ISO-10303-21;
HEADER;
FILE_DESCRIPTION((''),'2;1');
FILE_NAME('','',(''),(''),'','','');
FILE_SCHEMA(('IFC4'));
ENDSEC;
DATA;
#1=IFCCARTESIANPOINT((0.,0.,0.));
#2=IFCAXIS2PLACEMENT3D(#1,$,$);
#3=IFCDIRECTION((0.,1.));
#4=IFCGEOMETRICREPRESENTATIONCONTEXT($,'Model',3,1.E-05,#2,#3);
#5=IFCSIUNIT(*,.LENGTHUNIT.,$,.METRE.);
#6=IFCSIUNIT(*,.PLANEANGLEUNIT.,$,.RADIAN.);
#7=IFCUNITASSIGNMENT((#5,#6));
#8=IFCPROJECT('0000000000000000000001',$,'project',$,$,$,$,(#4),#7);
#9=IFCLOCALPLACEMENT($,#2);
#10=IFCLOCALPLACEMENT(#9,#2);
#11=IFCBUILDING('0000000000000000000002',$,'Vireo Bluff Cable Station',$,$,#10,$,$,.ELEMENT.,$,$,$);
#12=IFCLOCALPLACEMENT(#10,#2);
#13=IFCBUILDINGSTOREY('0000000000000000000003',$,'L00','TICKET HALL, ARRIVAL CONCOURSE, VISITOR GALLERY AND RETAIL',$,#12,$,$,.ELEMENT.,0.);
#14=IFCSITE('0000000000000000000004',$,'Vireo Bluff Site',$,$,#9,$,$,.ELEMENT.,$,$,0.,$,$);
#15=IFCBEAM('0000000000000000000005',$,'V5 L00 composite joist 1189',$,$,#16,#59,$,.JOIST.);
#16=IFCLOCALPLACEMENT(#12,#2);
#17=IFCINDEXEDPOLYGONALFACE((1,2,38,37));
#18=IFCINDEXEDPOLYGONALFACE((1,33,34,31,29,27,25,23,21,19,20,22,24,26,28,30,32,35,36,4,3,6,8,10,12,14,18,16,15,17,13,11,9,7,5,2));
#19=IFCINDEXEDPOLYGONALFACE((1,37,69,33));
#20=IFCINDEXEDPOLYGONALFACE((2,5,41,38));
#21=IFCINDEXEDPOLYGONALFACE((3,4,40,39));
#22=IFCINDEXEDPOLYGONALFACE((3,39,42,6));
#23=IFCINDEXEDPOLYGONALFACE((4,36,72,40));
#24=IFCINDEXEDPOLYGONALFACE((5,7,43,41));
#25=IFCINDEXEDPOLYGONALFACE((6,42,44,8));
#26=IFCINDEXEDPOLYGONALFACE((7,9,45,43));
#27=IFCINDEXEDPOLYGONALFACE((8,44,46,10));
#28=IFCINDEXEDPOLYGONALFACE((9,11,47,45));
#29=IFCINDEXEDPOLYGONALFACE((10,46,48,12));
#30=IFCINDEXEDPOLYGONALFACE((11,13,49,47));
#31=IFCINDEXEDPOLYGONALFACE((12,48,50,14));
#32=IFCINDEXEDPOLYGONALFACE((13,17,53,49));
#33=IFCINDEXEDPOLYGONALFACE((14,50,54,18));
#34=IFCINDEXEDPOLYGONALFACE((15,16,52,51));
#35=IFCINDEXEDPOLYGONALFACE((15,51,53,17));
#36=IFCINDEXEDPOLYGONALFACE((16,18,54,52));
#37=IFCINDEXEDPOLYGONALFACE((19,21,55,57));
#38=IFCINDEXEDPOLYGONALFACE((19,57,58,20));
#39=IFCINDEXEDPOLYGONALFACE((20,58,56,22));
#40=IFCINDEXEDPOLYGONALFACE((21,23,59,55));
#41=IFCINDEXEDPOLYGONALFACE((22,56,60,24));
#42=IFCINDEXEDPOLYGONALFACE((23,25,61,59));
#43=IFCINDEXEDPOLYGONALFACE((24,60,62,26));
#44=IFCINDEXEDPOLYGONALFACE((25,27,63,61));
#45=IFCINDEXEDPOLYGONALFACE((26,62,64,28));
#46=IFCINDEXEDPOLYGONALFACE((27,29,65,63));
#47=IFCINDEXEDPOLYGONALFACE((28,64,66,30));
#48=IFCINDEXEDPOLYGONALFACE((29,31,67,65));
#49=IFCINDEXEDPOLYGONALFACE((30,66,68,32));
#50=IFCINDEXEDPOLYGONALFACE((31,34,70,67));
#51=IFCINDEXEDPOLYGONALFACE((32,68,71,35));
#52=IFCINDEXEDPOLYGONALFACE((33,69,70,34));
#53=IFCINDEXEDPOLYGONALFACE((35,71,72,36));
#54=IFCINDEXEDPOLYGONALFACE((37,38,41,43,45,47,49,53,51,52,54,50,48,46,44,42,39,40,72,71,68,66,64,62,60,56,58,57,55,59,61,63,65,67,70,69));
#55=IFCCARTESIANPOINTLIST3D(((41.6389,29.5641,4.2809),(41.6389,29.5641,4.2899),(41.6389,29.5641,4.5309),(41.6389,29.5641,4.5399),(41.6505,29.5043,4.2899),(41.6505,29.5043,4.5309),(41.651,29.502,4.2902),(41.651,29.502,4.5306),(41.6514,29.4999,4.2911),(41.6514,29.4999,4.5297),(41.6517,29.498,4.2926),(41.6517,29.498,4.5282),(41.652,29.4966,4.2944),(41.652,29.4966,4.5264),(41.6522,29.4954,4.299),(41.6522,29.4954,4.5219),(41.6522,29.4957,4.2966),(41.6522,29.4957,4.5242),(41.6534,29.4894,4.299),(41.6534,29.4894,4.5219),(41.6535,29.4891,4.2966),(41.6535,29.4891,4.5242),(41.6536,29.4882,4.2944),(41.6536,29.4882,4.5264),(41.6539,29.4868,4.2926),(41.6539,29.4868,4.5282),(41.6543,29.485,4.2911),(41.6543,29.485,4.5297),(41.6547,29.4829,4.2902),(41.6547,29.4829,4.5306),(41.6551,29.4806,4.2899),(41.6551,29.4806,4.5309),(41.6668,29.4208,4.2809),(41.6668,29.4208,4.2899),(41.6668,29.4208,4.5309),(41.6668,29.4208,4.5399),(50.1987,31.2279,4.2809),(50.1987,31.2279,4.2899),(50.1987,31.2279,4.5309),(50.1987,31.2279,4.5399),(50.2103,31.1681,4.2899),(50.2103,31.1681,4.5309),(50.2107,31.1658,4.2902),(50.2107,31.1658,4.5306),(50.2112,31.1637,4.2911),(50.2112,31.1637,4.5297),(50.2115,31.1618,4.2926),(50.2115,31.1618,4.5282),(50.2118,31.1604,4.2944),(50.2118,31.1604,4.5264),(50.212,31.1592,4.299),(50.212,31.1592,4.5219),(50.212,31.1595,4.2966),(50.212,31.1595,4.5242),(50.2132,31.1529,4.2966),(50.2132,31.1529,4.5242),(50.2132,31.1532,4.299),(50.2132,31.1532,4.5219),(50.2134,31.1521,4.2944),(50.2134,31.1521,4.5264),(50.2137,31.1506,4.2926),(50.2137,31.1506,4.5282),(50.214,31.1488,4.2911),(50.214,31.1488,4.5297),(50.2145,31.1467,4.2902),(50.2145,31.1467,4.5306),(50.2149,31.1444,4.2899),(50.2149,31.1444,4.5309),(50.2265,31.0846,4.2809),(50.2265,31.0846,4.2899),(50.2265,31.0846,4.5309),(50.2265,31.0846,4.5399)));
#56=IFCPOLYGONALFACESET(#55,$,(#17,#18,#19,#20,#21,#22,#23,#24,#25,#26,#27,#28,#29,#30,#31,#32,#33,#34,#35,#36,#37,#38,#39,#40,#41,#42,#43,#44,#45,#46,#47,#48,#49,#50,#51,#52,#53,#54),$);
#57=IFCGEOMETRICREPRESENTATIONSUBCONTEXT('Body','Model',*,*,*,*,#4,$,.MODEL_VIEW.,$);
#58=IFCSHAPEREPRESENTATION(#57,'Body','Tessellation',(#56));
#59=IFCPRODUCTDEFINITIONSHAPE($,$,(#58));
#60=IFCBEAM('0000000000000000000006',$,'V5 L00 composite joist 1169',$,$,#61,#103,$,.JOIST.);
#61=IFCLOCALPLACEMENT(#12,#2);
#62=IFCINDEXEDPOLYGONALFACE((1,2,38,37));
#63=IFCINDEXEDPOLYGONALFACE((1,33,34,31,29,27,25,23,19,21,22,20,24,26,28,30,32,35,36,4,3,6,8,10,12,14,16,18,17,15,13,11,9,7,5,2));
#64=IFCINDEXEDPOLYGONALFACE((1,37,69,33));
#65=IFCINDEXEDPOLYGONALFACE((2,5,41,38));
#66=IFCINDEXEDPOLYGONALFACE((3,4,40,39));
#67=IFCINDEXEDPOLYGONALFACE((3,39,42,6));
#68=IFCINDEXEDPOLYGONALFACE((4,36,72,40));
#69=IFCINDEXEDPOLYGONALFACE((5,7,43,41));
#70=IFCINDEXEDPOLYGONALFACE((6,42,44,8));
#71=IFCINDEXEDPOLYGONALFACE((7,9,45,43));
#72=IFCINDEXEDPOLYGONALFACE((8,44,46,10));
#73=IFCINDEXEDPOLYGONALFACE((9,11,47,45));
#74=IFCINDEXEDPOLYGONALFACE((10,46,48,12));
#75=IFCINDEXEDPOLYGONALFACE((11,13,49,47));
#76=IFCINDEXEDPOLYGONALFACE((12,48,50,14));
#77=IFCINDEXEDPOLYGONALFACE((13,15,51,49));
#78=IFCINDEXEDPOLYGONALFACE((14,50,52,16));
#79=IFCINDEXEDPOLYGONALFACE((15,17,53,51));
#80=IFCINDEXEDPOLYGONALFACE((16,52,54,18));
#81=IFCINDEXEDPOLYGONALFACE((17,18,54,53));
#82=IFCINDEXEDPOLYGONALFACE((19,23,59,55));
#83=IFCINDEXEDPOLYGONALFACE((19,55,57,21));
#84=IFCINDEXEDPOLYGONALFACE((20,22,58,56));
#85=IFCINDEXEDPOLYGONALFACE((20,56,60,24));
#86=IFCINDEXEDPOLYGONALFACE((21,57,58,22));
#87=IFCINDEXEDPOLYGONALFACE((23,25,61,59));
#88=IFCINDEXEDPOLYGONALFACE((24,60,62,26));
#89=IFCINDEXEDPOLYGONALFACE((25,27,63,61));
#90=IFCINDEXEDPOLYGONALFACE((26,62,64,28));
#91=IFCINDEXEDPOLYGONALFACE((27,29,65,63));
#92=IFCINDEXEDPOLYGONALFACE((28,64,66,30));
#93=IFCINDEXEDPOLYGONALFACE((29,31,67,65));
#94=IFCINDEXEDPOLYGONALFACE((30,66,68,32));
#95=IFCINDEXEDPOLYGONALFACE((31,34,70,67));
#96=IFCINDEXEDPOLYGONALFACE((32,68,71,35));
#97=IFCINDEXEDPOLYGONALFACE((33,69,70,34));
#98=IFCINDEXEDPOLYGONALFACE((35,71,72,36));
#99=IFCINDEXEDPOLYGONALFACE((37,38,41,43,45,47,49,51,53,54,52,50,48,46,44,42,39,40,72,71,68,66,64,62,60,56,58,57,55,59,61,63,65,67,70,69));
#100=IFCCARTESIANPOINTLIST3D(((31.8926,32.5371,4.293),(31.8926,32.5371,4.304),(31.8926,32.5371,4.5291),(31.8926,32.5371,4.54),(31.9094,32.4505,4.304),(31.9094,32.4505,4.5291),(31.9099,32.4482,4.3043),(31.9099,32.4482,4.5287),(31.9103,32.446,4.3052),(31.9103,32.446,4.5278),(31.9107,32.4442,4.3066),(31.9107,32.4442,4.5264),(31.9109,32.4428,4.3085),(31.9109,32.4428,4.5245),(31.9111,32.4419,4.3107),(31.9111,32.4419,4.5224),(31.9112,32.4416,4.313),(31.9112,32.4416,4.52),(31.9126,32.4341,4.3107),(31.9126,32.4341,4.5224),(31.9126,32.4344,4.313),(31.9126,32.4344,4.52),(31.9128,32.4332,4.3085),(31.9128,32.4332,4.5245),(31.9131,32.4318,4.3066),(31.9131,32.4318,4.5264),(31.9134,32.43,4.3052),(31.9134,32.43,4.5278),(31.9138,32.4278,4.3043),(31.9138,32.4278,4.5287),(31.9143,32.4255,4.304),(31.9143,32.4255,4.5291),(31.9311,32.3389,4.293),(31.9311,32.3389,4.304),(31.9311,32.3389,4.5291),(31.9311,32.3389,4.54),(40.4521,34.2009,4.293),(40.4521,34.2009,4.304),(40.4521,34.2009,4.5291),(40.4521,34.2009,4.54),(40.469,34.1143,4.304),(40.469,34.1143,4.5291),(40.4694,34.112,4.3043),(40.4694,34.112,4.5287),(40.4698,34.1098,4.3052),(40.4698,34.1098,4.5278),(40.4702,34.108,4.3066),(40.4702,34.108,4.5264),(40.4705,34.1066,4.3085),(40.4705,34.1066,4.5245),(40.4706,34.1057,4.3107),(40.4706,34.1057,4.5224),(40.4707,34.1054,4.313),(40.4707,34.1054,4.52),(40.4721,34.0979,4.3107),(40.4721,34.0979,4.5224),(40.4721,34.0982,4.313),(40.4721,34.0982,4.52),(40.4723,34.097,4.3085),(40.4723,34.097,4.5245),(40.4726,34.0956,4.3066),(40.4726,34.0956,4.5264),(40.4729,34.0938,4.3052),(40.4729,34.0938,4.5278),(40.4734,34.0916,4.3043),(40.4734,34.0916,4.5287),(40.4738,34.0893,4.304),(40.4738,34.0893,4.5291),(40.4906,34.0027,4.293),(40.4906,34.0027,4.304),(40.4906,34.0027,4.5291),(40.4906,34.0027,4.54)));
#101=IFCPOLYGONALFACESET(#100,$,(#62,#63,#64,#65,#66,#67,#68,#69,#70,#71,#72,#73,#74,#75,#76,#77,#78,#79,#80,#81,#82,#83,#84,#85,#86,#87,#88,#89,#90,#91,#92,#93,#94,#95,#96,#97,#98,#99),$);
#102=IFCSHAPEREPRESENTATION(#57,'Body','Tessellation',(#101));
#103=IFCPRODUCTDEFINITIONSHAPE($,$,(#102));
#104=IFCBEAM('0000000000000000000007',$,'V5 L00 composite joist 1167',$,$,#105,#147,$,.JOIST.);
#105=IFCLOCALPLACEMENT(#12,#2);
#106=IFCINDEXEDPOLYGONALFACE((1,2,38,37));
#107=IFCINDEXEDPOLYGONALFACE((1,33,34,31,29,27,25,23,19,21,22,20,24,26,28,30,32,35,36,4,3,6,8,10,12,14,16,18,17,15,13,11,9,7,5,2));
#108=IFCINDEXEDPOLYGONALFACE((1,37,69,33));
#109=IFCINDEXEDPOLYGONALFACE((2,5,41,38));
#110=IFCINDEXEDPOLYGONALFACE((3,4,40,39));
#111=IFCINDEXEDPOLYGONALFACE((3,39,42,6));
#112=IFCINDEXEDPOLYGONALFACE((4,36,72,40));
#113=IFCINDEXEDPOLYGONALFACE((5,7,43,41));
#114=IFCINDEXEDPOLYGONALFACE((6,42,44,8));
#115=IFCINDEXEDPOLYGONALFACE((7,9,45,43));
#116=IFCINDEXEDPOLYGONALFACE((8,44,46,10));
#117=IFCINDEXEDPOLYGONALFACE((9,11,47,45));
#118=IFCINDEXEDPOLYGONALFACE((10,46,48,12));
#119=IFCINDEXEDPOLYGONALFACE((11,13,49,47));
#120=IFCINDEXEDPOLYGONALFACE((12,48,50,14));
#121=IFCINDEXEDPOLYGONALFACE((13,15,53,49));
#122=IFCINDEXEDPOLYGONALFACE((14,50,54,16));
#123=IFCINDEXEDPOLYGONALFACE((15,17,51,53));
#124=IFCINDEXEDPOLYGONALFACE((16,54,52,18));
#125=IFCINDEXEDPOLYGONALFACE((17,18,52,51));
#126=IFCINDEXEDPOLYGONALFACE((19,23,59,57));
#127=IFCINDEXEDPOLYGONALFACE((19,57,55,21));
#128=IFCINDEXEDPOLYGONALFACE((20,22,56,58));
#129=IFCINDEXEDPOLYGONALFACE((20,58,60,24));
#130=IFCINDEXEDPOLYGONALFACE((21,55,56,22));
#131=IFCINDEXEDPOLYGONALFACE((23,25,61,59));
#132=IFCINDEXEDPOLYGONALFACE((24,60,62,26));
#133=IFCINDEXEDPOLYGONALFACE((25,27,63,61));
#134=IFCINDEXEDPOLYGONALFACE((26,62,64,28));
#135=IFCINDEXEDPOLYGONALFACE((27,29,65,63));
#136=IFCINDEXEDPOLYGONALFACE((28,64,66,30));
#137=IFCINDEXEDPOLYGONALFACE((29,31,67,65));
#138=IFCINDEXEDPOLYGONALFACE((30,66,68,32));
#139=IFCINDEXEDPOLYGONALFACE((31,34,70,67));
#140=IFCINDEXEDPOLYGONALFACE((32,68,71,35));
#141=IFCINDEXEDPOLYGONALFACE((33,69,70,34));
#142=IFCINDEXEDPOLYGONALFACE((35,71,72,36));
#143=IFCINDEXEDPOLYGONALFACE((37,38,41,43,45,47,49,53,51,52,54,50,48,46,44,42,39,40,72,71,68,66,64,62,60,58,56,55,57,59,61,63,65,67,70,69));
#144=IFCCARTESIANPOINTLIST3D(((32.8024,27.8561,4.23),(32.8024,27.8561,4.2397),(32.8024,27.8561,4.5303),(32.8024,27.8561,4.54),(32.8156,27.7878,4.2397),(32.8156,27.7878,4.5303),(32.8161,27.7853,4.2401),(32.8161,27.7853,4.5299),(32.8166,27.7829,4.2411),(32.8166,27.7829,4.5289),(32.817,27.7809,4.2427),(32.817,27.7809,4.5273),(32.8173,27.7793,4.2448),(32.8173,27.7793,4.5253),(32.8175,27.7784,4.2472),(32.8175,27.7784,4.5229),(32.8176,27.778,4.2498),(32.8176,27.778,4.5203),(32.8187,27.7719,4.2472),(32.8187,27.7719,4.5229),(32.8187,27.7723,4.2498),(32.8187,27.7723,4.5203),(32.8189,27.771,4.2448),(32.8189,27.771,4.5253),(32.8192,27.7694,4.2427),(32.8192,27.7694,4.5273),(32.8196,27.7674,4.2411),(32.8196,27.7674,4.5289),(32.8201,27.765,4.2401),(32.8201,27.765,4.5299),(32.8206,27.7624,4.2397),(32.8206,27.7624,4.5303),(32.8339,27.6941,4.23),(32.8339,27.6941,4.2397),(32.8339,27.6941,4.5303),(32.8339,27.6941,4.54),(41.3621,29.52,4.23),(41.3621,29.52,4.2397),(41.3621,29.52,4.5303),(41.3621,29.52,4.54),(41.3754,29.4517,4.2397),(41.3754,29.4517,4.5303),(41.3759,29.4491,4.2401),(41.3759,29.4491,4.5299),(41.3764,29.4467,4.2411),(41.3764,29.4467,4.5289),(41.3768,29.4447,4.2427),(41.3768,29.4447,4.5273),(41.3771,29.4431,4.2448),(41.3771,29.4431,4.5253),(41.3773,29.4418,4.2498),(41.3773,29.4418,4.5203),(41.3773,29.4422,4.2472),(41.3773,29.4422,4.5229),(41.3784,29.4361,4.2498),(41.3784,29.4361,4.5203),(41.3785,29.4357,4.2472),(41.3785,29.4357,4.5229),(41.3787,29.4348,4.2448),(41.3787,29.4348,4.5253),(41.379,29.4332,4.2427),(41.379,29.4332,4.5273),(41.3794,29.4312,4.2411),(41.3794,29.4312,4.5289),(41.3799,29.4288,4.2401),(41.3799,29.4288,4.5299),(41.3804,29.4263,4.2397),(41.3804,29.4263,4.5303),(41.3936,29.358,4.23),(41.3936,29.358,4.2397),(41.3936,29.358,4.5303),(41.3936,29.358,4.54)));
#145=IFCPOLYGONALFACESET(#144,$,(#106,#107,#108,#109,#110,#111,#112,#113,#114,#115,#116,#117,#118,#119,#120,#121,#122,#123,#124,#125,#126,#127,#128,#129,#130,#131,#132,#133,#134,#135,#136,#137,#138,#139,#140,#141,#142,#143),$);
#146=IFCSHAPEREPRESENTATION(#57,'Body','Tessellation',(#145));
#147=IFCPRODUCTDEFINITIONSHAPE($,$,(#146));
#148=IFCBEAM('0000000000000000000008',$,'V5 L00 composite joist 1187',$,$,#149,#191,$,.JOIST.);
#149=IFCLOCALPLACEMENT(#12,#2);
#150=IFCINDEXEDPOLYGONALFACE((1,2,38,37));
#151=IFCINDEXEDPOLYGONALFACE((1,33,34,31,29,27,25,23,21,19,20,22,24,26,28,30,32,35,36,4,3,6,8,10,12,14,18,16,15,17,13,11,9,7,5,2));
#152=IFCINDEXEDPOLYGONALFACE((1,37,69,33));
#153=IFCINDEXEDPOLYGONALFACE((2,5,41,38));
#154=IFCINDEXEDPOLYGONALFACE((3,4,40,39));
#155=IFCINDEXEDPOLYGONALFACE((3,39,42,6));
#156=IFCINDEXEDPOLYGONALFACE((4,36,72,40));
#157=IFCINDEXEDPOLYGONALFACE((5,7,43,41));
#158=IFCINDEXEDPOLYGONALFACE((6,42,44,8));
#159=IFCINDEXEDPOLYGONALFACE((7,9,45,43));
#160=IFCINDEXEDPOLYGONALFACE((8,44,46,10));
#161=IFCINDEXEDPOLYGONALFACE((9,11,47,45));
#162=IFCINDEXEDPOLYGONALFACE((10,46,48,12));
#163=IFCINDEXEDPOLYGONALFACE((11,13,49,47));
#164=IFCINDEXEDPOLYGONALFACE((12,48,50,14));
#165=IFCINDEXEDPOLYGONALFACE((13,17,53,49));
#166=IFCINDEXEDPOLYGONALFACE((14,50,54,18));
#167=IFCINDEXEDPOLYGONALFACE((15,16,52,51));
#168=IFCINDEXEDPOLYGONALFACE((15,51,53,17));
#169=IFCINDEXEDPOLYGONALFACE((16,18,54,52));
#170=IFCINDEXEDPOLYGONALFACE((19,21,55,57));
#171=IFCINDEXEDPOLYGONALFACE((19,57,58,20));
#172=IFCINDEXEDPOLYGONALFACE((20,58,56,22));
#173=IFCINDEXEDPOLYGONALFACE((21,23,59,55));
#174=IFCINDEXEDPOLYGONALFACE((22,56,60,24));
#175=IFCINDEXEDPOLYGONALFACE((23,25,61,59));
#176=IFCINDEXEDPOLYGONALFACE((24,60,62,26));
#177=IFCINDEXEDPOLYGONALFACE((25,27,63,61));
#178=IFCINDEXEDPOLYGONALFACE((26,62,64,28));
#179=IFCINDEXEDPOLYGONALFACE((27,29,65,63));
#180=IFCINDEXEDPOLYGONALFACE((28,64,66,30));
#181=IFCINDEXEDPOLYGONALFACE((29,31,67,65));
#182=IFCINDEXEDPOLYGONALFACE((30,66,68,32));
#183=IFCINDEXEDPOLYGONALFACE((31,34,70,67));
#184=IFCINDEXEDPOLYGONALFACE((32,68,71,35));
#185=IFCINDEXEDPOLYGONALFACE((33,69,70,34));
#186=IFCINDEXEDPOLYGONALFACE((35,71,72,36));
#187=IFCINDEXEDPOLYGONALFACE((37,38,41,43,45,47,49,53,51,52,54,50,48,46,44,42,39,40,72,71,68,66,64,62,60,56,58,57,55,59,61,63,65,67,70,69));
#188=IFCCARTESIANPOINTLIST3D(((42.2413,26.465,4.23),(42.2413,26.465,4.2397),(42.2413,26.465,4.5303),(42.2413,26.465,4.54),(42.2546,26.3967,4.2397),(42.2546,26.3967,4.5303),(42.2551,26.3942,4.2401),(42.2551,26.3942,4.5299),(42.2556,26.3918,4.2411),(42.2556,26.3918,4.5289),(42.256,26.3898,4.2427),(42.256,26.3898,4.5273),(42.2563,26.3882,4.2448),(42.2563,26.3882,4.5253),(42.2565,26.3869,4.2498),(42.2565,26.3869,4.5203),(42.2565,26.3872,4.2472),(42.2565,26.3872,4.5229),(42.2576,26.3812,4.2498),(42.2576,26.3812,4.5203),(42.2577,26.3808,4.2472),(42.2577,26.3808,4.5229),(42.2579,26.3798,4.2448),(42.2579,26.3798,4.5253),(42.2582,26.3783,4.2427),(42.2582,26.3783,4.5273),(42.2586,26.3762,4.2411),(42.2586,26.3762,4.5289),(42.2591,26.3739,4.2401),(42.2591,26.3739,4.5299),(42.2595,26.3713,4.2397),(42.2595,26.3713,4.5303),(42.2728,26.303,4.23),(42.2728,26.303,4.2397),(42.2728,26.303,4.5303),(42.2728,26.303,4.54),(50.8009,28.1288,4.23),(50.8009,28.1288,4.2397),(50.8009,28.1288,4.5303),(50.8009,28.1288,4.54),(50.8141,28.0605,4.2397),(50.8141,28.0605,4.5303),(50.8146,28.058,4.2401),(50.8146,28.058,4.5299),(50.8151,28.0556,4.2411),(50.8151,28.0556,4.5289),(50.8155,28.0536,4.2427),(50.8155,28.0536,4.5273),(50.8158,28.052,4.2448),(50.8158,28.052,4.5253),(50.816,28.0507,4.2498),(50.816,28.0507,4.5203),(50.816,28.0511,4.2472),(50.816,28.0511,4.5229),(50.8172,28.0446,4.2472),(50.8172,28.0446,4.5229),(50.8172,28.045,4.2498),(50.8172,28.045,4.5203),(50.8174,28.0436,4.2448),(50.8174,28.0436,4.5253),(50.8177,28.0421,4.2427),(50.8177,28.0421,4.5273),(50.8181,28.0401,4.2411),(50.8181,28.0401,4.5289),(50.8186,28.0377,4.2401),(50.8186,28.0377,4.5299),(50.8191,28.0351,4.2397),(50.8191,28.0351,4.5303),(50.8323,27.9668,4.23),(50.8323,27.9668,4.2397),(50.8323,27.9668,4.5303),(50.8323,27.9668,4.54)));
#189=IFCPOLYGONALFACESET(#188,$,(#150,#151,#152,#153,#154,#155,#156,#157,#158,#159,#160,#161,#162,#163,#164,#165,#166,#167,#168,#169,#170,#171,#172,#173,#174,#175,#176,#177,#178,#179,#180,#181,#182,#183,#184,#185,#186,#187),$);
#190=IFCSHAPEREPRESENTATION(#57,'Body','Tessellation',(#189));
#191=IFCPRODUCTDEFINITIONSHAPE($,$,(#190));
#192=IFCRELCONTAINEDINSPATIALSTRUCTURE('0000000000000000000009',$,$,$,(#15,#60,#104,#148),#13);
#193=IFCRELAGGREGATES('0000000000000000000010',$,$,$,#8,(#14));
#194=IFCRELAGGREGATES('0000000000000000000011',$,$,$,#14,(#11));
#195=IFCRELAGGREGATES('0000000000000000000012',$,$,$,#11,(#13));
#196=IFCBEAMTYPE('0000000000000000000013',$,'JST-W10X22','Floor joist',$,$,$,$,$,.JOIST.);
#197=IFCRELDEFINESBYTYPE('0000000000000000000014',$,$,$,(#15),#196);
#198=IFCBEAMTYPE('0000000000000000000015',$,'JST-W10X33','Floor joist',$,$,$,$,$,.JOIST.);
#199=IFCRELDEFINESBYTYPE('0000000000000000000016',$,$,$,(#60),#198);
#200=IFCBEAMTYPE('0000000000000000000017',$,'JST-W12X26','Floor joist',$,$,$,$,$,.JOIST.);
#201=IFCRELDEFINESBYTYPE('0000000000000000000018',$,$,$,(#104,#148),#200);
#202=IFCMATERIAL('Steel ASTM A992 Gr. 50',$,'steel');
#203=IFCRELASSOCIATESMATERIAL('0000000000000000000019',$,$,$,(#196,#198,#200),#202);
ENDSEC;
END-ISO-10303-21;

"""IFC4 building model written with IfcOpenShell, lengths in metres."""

from ifc_helpers import new_model, si_unit, direction, frame, origin, origin_2d, place, context, subcontext, project, spatial, i_section, extrude, material, material_profile, profile_set, type_object, element, save


model = new_model("IFC4")

# Units and contexts
model_context = context("Model", 3, precision=1e-05, world=origin(), true_north=direction((0.0, 1.0)))
body_context = subcontext(model_context, "Body", "Model", "MODEL_VIEW")
ifc_project = project(units=[si_unit("LENGTHUNIT", "METRE"), si_unit("PLANEANGLEUNIT", "RADIAN")], contexts=[model_context])

# Site, building, storey
site_placement = place(None, origin())
site = spatial("IfcSite", under=ifc_project, at=site_placement, Name="Vireo Bluff Site", CompositionType="ELEMENT", RefElevation=0.0)
building_placement = place(site_placement, origin())
building = spatial("IfcBuilding", under=site, at=building_placement, Name="Vireo Bluff Cable Station", CompositionType="ELEMENT")
storey_placement = place(building_placement, origin())
storey = spatial("IfcBuildingStorey", under=building, at=storey_placement, Name="L00", Description="TICKET HALL, ARRIVAL CONCOURSE, VISITOR GALLERY AND RETAIL", CompositionType="ELEMENT", Elevation=0.0)

# Shared definitions
ifc_material_1 = material(Name="Steel ASTM A992 Gr. 50", Category="steel")

# Beams
ifc_material_profile_1 = material_profile(ifc_material_1, i_section(OverallWidth=0.146, OverallDepth=0.259, WebThickness=0.0061, FlangeThickness=0.009, FilletRadius=0.009, at=origin_2d()), Name="W10X22")
ifc_profile_set_1 = profile_set([ifc_material_profile_1], Name="Steel ASTM A992 Gr. 50")
beam_type_1 = type_object("IfcBeamType", Name="JST-W10X22", Description="Floor joist", PredefinedType="JOIST", material=ifc_profile_set_1)
beam_1_placement = place(storey_placement, frame((41.6528, 29.4924, 4.4104), z_axis=(0.981628, 0.190804, 0.0), x_axis=(-0.190804, 0.981628, 0.0)))
element("IfcBeam", 1, at=beam_1_placement, inside=storey, type_object=beam_type_1, Name="V5 L00 composite joist 1189", PredefinedType="JOIST", context=body_context, shape_type="SweptSolid", body=[
    extrude(i_section(OverallWidth=0.146, OverallDepth=0.259, WebThickness=0.0061, FlangeThickness=0.009, FilletRadius=0.009, at=origin_2d()), origin(), (0.0, 0.0, 1.0), 8.72),
])
ifc_material_profile_2 = material_profile(ifc_material_1, i_section(OverallWidth=0.2019, OverallDepth=0.2471, WebThickness=0.0073, FlangeThickness=0.011, FilletRadius=0.009, at=origin_2d()), Name="W10X33")
ifc_profile_set_2 = profile_set([ifc_material_profile_2], Name="Steel ASTM A992 Gr. 50")
beam_type_2 = type_object("IfcBeamType", Name="JST-W10X33", Description="Floor joist", PredefinedType="JOIST", material=ifc_profile_set_2)
beam_2_placement = place(storey_placement, frame((31.9119, 32.438, 4.4165), z_axis=(0.981627, 0.19081, 0.0), x_axis=(-0.19081, 0.981627, 0.0)))
element("IfcBeam", 2, at=beam_2_placement, inside=storey, type_object=beam_type_2, Name="V5 L00 composite joist 1169", PredefinedType="JOIST", context=body_context, shape_type="SweptSolid", body=[
    extrude(i_section(OverallWidth=0.2019, OverallDepth=0.2471, WebThickness=0.0073, FlangeThickness=0.011, FilletRadius=0.009, at=origin_2d()), origin(), (0.0, 0.0, 1.0), 8.7197),
])
ifc_material_profile_3 = material_profile(ifc_material_1, i_section(OverallWidth=0.165, OverallDepth=0.3101, WebThickness=0.0059, FlangeThickness=0.0098, FilletRadius=0.01, at=origin_2d()), Name="W12X26")
ifc_profile_set_3 = profile_set([ifc_material_profile_3], Name="Steel ASTM A992 Gr. 50")
beam_type_3 = type_object("IfcBeamType", Name="JST-W12X26", Description="Floor joist", PredefinedType="JOIST", material=ifc_profile_set_3)
beam_3_placement = place(storey_placement, frame((32.8181, 27.7751, 4.385), z_axis=(0.981628, 0.190804, 0.0), x_axis=(-0.190804, 0.981628, 0.0)))
element("IfcBeam", 3, at=beam_3_placement, inside=storey, type_object=beam_type_3, Name="V5 L00 composite joist 1167", PredefinedType="JOIST", context=body_context, shape_type="SweptSolid", body=[
    extrude(i_section(OverallWidth=0.165, OverallDepth=0.3101, WebThickness=0.0059, FlangeThickness=0.0098, FilletRadius=0.01, at=origin_2d()), origin(), (0.0, 0.0, 1.0), 8.72),
])
beam_4_placement = place(storey_placement, frame((42.2571, 26.384, 4.385), z_axis=(0.981627, 0.19081, 0.0), x_axis=(-0.19081, 0.981627, 0.0)))
element("IfcBeam", 4, at=beam_4_placement, inside=storey, type_object=beam_type_3, Name="V5 L00 composite joist 1187", PredefinedType="JOIST", context=body_context, shape_type="SweptSolid", body=[
    extrude(i_section(OverallWidth=0.165, OverallDepth=0.3101, WebThickness=0.0059, FlangeThickness=0.0098, FilletRadius=0.01, at=origin_2d()), origin(), (0.0, 0.0, 1.0), 8.7197),
])

save(model, "model.ifc")
